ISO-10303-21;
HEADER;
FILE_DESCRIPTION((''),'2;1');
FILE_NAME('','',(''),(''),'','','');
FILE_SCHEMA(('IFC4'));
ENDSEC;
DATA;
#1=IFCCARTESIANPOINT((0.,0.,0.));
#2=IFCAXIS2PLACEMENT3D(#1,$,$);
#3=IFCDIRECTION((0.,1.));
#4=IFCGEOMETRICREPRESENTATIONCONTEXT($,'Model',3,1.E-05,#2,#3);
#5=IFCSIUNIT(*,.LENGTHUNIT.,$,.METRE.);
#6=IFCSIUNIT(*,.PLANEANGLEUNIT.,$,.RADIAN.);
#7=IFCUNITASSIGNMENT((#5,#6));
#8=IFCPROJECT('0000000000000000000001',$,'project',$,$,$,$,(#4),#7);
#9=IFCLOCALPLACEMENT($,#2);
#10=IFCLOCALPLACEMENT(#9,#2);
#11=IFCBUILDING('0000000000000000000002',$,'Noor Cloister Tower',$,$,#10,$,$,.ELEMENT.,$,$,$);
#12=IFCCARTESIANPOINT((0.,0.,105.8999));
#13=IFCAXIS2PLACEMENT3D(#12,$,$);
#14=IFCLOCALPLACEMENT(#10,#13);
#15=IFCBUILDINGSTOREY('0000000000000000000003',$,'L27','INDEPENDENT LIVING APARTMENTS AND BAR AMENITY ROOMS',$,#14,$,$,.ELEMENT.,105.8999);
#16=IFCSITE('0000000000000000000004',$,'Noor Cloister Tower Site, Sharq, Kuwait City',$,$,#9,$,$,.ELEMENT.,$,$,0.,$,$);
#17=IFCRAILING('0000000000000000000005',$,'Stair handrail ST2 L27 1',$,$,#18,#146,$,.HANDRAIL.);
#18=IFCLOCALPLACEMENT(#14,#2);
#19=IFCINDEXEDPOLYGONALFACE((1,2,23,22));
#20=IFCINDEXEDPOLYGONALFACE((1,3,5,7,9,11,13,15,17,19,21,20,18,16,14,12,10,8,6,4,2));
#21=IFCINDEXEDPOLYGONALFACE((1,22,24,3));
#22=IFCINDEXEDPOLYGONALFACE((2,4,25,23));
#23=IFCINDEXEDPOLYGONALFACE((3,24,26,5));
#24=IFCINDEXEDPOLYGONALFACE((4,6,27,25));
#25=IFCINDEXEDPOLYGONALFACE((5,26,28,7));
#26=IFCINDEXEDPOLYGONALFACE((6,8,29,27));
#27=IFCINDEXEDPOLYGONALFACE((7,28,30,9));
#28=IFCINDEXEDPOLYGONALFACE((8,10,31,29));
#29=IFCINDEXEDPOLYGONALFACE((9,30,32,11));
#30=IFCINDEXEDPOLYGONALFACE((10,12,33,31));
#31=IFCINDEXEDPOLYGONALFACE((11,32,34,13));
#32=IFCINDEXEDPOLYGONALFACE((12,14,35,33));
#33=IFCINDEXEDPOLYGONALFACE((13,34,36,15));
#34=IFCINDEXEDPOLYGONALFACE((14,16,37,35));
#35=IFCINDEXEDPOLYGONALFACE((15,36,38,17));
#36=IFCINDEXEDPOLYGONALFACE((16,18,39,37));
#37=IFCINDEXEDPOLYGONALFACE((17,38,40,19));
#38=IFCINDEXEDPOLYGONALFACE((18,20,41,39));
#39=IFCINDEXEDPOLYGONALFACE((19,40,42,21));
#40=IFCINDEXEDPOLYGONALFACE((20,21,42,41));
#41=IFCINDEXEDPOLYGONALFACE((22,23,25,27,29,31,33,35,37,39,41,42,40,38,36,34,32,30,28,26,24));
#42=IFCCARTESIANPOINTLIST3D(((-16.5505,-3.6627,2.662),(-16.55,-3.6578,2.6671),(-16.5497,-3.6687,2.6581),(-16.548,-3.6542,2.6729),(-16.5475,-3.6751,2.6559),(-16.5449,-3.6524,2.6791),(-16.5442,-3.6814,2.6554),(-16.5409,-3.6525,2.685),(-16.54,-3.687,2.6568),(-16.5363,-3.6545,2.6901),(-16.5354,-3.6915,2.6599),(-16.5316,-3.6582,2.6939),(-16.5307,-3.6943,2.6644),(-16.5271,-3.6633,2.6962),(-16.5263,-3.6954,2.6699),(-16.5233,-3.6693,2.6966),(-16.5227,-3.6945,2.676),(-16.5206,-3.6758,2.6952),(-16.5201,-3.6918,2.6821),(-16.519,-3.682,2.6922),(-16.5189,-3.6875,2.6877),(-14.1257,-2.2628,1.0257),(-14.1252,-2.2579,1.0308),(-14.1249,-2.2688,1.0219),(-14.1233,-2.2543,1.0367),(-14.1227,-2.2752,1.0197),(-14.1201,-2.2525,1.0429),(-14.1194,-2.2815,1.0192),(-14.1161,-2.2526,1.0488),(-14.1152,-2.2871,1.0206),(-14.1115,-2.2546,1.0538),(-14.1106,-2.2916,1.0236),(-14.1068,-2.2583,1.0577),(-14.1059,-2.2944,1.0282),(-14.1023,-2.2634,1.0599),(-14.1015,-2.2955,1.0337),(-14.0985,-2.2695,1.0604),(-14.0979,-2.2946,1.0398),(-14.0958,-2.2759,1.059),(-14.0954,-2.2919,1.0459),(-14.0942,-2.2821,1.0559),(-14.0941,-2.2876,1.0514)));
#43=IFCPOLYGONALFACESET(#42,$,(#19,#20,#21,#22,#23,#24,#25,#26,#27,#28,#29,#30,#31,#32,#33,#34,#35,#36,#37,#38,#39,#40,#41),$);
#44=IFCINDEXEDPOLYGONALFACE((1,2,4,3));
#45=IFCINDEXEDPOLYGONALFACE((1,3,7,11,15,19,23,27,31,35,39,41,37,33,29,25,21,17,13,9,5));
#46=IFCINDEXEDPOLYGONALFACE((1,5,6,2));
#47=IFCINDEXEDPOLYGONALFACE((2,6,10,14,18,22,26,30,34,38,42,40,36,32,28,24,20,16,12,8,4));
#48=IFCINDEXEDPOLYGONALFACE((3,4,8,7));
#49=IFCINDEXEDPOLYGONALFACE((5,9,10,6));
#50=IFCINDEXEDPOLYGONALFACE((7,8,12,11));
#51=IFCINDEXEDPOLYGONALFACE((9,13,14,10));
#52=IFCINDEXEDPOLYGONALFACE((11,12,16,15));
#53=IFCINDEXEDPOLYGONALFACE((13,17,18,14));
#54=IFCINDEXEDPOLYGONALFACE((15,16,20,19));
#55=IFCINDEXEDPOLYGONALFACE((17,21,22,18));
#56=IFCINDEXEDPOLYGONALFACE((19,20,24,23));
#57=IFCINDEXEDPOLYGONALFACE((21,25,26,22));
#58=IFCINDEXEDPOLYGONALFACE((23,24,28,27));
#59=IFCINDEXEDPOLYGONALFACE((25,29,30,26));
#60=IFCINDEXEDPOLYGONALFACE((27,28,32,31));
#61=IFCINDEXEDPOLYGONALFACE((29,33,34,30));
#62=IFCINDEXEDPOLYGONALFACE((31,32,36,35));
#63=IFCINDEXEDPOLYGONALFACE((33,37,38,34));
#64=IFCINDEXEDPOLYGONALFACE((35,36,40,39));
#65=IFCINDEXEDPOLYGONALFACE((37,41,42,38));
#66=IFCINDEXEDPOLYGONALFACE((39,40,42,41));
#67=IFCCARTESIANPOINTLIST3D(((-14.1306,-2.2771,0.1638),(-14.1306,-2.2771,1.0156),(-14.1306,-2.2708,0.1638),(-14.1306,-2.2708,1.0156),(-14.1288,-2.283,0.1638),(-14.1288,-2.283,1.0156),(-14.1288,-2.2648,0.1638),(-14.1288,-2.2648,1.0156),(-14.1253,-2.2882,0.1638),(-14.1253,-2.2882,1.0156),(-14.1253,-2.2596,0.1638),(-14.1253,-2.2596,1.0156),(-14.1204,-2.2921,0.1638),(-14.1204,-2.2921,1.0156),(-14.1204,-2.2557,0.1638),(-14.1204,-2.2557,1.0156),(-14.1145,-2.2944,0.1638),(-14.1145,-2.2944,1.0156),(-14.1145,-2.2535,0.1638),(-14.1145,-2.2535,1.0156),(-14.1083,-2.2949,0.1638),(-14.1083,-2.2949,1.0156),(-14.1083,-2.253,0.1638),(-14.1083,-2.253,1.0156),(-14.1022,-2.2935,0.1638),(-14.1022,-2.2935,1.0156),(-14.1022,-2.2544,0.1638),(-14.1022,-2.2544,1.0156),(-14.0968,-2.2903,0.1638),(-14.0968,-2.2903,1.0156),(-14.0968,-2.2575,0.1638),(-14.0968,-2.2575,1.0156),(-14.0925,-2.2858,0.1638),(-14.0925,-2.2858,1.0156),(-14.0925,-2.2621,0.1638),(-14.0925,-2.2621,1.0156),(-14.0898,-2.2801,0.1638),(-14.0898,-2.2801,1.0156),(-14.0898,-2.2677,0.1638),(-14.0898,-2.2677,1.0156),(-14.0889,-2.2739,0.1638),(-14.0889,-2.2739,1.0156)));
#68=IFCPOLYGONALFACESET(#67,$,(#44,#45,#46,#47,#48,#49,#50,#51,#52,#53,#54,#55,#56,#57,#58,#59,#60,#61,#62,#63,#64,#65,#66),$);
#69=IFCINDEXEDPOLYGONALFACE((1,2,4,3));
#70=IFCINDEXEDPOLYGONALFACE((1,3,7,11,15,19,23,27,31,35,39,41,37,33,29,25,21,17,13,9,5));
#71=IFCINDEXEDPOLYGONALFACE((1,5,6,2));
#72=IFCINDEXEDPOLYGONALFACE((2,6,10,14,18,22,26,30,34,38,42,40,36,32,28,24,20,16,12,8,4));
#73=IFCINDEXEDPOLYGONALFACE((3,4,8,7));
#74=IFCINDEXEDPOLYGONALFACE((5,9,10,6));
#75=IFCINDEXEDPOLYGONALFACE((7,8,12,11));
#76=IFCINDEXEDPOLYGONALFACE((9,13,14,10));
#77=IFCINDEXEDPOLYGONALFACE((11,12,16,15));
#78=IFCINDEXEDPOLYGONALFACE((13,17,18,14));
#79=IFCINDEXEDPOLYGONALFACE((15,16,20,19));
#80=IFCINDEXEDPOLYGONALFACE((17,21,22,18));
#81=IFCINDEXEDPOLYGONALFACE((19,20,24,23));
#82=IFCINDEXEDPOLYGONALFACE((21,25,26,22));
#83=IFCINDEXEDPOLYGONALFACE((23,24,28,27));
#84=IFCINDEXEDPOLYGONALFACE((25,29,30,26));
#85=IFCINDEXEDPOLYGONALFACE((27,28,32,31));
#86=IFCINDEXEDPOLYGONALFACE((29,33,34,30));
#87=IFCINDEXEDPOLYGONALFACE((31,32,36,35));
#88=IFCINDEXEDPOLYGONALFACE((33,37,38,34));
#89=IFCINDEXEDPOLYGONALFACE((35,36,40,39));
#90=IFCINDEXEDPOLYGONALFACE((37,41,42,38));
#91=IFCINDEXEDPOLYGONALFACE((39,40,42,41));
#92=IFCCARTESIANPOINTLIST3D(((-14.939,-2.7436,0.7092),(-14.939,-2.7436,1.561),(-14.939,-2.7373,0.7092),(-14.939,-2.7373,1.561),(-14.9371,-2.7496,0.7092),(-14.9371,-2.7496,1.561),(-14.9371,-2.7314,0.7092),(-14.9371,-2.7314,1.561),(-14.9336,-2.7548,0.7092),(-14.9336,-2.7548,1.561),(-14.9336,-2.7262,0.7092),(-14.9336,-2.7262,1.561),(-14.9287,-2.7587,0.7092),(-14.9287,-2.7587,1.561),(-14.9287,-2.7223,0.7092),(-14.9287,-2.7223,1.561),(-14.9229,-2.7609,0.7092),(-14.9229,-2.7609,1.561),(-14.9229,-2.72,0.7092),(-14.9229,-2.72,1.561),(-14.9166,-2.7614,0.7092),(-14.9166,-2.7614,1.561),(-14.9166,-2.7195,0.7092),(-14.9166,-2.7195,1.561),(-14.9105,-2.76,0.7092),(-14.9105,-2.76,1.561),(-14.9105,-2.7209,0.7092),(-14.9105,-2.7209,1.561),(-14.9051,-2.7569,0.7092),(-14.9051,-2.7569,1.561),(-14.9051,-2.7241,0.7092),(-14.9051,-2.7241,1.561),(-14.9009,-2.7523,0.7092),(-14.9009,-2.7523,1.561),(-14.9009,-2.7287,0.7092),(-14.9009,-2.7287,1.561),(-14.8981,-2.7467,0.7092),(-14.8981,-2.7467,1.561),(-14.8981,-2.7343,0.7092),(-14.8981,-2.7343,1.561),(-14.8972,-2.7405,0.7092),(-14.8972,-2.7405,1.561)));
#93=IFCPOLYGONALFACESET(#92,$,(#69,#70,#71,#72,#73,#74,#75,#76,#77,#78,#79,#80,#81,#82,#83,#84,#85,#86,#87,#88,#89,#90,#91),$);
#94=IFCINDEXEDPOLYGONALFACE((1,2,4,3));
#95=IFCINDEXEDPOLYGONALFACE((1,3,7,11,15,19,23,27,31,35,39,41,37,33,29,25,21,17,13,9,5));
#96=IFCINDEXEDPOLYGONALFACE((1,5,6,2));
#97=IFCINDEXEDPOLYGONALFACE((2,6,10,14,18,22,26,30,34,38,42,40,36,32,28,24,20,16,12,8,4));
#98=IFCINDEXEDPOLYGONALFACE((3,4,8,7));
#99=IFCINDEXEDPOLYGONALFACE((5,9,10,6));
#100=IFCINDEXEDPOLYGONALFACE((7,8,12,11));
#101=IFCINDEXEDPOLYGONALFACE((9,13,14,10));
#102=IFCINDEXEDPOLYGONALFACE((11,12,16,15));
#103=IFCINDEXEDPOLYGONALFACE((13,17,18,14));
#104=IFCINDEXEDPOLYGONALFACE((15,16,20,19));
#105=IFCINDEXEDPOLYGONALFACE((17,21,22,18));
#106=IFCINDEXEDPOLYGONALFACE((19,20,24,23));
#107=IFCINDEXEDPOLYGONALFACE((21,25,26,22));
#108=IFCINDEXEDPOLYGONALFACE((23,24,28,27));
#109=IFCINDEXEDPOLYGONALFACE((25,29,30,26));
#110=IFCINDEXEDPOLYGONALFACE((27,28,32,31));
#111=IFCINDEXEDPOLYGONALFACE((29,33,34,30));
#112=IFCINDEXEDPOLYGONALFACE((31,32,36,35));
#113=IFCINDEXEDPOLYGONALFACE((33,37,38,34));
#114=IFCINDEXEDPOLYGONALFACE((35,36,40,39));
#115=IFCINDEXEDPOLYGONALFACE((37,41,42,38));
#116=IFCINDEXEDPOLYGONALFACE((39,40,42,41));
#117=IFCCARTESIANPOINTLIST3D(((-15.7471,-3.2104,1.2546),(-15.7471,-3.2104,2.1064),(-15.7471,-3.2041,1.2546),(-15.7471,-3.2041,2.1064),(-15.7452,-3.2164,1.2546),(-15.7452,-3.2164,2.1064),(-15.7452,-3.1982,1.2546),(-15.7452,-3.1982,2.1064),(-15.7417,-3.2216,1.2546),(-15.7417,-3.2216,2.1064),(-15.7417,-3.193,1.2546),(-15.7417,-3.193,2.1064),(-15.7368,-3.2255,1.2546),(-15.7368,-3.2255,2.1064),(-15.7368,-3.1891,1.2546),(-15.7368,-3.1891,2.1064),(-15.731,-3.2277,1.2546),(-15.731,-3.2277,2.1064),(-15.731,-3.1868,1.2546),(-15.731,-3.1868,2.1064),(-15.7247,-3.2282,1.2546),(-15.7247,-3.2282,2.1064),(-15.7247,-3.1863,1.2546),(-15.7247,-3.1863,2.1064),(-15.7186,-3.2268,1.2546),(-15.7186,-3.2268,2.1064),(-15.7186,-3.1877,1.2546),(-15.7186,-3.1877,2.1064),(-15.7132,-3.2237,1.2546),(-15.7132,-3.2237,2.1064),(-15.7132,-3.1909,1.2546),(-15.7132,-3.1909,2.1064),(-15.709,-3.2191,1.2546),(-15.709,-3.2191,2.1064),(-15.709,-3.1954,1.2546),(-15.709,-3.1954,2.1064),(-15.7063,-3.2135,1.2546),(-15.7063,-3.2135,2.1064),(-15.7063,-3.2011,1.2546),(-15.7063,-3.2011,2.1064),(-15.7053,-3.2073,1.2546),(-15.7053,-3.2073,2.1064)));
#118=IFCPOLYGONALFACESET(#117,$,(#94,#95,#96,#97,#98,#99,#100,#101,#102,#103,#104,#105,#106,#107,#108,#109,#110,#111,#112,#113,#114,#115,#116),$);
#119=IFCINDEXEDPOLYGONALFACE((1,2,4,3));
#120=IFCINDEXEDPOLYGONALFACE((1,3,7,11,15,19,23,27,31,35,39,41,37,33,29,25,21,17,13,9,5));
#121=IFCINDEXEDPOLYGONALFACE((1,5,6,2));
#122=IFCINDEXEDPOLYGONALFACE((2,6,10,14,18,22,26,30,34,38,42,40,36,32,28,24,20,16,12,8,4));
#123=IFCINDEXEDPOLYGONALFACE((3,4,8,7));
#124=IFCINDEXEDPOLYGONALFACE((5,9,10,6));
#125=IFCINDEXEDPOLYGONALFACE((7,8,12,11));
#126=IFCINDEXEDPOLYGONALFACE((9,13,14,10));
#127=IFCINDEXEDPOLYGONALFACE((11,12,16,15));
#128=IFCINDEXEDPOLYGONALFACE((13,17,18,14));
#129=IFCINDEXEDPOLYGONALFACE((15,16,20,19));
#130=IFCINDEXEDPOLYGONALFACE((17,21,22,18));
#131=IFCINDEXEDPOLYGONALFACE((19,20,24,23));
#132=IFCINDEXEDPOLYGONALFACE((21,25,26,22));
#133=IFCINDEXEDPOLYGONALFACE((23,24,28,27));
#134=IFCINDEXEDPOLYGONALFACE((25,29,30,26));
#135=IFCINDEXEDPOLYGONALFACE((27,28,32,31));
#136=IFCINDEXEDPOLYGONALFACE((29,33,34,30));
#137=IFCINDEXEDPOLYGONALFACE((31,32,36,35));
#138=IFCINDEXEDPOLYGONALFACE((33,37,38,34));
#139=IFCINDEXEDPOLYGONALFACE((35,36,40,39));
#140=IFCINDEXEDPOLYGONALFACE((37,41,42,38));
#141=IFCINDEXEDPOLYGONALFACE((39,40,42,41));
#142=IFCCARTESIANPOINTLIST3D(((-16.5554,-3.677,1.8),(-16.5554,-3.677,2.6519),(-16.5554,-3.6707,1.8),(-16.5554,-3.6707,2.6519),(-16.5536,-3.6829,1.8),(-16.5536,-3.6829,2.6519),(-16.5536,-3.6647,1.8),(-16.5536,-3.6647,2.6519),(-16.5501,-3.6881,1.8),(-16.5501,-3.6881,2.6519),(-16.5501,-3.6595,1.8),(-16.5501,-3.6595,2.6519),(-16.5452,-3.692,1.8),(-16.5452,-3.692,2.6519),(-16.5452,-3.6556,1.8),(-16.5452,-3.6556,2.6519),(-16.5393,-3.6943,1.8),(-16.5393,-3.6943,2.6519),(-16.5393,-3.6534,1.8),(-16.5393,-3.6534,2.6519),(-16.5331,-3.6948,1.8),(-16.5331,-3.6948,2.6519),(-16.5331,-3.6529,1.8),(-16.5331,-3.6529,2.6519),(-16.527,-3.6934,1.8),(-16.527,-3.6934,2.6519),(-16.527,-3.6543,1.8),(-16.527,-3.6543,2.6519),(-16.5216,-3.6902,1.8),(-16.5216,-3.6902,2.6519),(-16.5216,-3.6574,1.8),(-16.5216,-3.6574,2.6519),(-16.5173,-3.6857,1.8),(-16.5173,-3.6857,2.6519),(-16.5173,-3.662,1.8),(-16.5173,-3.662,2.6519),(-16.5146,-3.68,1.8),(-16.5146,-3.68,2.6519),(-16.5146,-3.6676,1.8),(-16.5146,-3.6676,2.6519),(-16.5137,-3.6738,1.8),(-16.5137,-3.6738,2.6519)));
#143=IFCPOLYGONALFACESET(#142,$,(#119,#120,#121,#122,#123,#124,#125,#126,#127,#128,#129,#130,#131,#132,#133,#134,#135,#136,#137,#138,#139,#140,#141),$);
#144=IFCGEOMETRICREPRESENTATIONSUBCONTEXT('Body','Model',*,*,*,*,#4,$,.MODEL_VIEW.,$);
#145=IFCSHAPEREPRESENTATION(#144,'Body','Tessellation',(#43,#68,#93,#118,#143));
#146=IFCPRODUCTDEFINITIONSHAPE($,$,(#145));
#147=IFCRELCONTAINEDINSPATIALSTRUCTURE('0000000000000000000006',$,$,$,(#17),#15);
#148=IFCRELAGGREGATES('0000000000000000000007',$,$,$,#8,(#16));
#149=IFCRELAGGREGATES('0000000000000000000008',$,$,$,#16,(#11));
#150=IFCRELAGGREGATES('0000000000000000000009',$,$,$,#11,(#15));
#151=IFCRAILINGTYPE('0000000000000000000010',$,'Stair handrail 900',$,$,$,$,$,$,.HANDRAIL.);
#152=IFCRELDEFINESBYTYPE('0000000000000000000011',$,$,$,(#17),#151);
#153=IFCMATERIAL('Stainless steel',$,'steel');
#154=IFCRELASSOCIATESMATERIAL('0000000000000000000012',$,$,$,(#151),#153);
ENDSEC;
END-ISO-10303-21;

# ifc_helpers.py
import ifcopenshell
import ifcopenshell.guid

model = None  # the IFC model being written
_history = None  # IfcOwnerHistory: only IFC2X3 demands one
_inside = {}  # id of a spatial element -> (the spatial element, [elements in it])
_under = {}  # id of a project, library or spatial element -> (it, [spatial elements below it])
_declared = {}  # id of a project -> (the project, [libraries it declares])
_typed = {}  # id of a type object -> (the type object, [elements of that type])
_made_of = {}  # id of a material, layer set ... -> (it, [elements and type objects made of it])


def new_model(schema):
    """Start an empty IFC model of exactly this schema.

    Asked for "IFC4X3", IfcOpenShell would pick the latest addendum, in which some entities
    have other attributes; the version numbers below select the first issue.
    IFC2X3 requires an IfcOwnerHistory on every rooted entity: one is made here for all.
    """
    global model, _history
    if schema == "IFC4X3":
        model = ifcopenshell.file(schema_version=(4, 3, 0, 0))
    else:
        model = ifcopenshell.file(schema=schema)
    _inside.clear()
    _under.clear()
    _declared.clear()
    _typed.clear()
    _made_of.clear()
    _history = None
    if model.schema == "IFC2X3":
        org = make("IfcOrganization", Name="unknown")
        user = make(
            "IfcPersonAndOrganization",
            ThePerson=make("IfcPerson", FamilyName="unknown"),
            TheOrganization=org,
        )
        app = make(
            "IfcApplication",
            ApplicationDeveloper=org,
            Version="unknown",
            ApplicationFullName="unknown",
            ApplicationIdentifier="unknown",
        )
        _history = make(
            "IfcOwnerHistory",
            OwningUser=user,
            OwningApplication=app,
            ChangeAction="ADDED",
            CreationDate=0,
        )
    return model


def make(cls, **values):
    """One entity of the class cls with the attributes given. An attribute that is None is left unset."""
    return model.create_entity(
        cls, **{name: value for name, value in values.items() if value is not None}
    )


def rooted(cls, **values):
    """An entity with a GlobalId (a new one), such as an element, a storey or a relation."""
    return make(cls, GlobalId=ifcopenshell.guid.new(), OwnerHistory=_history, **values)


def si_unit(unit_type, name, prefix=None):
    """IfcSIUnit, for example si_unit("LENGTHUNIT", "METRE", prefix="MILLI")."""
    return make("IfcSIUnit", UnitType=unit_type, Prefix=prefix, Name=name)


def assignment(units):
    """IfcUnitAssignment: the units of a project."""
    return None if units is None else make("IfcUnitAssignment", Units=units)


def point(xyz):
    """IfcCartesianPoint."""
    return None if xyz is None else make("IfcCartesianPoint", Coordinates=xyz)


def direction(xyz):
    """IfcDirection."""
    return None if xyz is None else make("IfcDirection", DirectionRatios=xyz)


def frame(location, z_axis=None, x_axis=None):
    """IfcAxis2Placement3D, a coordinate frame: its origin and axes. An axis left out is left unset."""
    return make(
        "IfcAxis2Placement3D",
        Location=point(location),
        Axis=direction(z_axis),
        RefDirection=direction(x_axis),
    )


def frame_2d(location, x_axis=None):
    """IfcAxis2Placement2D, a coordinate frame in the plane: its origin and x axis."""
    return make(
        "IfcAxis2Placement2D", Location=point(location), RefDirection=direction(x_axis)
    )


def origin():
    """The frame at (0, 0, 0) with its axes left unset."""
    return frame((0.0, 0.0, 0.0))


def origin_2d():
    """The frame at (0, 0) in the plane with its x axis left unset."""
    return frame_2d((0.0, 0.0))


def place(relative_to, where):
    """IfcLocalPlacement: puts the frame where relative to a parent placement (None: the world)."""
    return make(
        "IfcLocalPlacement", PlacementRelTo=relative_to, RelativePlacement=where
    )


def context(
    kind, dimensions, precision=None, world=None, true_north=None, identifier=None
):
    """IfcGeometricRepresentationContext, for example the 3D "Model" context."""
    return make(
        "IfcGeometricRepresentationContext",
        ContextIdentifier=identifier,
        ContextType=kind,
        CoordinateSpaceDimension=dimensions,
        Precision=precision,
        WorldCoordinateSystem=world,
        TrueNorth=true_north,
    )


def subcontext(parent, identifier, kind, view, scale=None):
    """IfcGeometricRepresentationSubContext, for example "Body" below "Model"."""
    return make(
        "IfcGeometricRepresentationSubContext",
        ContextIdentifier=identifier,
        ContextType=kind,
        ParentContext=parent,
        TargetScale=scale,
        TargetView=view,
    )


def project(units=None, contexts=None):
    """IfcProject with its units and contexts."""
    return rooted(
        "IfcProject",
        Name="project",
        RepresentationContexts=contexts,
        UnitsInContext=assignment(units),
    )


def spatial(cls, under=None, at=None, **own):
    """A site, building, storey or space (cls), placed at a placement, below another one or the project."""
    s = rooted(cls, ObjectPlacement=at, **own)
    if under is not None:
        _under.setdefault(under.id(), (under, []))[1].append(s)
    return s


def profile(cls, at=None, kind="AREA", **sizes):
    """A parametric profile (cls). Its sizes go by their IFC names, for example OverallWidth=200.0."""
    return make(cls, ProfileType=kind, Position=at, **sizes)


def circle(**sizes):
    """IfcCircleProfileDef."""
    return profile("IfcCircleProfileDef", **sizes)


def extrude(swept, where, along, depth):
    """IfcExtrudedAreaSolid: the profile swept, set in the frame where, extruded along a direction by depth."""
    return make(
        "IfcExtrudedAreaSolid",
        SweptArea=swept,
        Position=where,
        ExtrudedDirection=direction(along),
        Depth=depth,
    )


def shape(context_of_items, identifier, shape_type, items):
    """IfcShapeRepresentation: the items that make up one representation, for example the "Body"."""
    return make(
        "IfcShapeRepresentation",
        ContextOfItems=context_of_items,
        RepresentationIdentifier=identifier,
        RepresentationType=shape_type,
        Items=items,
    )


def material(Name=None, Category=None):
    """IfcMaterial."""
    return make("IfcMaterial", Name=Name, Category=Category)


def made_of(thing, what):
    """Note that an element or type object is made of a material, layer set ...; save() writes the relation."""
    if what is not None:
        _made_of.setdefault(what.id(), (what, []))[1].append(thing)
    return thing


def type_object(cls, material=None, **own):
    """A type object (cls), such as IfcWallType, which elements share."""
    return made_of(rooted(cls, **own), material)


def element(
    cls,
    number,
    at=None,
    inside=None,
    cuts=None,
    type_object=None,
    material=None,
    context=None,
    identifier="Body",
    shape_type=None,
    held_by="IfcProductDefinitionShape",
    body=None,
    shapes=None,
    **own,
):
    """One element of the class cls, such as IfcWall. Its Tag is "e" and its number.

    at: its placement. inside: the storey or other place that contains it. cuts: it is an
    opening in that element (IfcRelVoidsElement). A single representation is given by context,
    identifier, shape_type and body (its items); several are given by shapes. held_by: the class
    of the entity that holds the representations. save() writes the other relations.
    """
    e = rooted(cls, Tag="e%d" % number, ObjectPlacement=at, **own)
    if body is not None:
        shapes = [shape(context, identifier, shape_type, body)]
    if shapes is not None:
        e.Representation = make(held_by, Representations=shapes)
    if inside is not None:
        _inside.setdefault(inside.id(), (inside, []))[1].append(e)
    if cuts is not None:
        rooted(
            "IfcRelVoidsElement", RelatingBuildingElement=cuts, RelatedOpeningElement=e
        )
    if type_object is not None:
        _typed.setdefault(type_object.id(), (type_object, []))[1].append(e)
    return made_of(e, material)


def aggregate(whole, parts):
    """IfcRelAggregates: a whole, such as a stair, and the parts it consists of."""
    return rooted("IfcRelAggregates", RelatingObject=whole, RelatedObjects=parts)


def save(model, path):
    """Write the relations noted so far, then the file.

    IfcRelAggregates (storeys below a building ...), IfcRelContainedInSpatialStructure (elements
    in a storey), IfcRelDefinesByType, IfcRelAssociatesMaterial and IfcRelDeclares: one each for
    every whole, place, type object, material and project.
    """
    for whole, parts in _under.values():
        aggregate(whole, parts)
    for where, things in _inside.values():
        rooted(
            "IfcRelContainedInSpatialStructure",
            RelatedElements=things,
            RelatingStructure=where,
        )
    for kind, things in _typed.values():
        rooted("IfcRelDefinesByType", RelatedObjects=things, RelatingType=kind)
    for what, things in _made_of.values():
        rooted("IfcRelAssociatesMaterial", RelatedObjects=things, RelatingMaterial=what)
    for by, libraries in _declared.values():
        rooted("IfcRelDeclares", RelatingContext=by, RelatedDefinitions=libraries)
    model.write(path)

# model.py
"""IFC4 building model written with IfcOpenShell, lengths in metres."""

from ifc_helpers import new_model, si_unit, direction, frame, origin, origin_2d, place, context, subcontext, project, spatial, circle, extrude, material, type_object, element, save


model = new_model("IFC4")

# Units and contexts
model_context = context("Model", 3, precision=1e-05, world=origin(), true_north=direction((0.0, 1.0)))
body_context = subcontext(model_context, "Body", "Model", "MODEL_VIEW")
ifc_project = project(units=[si_unit("LENGTHUNIT", "METRE"), si_unit("PLANEANGLEUNIT", "RADIAN")], contexts=[model_context])

# Site, building, storey
site_placement = place(None, origin())
site = spatial("IfcSite", under=ifc_project, at=site_placement, Name="Noor Cloister Tower Site, Sharq, Kuwait City", CompositionType="ELEMENT", RefElevation=0.0)
building_placement = place(site_placement, origin())
building = spatial("IfcBuilding", under=site, at=building_placement, Name="Noor Cloister Tower", CompositionType="ELEMENT")
storey_placement = place(building_placement, frame((0.0, 0.0, 105.8999)))
storey = spatial("IfcBuildingStorey", under=building, at=storey_placement, Name="L27", Description="INDEPENDENT LIVING APARTMENTS AND BAR AMENITY ROOMS", CompositionType="ELEMENT", Elevation=105.8999)

# Railing
ifc_material_1 = material(Name="Stainless steel", Category="steel")
railing_type_1 = type_object("IfcRailingType", Name="Stair handrail 900", PredefinedType="HANDRAIL", material=ifc_material_1)
railing_1_placement = place(storey_placement, frame((-14.1099, -2.2739, 0.1638)))
element("IfcRailing", 1, at=railing_1_placement, inside=storey, type_object=railing_type_1, Name="Stair handrail ST2 L27 1", PredefinedType="HANDRAIL", context=body_context, shape_type="SweptSolid", body=[
    extrude(circle(Radius=0.0239, at=origin_2d()), frame((0.0, 0.0, 0.876), z_axis=(-0.747718, -0.431677, 0.504552), x_axis=(0.499984, -0.866035, 0.0)), (0.0, 0.0, 1.0), 3.2429),
    extrude(circle(Radius=0.021, at=origin_2d()), origin(), (0.0, 0.0, 1.0), 0.8518),
    extrude(circle(Radius=0.021, at=origin_2d()), frame((-0.8083, -0.4666, 0.5454)), (0.0, 0.0, 1.0), 0.8518),
    extrude(circle(Radius=0.021, at=origin_2d()), frame((-1.6165, -0.9333, 1.0908)), (0.0, 0.0, 1.0), 0.8518),
    extrude(circle(Radius=0.021, at=origin_2d()), frame((-2.4248, -1.3999, 1.6362)), (0.0, 0.0, 1.0), 0.8518),
])

save(model, "model.ifc")
